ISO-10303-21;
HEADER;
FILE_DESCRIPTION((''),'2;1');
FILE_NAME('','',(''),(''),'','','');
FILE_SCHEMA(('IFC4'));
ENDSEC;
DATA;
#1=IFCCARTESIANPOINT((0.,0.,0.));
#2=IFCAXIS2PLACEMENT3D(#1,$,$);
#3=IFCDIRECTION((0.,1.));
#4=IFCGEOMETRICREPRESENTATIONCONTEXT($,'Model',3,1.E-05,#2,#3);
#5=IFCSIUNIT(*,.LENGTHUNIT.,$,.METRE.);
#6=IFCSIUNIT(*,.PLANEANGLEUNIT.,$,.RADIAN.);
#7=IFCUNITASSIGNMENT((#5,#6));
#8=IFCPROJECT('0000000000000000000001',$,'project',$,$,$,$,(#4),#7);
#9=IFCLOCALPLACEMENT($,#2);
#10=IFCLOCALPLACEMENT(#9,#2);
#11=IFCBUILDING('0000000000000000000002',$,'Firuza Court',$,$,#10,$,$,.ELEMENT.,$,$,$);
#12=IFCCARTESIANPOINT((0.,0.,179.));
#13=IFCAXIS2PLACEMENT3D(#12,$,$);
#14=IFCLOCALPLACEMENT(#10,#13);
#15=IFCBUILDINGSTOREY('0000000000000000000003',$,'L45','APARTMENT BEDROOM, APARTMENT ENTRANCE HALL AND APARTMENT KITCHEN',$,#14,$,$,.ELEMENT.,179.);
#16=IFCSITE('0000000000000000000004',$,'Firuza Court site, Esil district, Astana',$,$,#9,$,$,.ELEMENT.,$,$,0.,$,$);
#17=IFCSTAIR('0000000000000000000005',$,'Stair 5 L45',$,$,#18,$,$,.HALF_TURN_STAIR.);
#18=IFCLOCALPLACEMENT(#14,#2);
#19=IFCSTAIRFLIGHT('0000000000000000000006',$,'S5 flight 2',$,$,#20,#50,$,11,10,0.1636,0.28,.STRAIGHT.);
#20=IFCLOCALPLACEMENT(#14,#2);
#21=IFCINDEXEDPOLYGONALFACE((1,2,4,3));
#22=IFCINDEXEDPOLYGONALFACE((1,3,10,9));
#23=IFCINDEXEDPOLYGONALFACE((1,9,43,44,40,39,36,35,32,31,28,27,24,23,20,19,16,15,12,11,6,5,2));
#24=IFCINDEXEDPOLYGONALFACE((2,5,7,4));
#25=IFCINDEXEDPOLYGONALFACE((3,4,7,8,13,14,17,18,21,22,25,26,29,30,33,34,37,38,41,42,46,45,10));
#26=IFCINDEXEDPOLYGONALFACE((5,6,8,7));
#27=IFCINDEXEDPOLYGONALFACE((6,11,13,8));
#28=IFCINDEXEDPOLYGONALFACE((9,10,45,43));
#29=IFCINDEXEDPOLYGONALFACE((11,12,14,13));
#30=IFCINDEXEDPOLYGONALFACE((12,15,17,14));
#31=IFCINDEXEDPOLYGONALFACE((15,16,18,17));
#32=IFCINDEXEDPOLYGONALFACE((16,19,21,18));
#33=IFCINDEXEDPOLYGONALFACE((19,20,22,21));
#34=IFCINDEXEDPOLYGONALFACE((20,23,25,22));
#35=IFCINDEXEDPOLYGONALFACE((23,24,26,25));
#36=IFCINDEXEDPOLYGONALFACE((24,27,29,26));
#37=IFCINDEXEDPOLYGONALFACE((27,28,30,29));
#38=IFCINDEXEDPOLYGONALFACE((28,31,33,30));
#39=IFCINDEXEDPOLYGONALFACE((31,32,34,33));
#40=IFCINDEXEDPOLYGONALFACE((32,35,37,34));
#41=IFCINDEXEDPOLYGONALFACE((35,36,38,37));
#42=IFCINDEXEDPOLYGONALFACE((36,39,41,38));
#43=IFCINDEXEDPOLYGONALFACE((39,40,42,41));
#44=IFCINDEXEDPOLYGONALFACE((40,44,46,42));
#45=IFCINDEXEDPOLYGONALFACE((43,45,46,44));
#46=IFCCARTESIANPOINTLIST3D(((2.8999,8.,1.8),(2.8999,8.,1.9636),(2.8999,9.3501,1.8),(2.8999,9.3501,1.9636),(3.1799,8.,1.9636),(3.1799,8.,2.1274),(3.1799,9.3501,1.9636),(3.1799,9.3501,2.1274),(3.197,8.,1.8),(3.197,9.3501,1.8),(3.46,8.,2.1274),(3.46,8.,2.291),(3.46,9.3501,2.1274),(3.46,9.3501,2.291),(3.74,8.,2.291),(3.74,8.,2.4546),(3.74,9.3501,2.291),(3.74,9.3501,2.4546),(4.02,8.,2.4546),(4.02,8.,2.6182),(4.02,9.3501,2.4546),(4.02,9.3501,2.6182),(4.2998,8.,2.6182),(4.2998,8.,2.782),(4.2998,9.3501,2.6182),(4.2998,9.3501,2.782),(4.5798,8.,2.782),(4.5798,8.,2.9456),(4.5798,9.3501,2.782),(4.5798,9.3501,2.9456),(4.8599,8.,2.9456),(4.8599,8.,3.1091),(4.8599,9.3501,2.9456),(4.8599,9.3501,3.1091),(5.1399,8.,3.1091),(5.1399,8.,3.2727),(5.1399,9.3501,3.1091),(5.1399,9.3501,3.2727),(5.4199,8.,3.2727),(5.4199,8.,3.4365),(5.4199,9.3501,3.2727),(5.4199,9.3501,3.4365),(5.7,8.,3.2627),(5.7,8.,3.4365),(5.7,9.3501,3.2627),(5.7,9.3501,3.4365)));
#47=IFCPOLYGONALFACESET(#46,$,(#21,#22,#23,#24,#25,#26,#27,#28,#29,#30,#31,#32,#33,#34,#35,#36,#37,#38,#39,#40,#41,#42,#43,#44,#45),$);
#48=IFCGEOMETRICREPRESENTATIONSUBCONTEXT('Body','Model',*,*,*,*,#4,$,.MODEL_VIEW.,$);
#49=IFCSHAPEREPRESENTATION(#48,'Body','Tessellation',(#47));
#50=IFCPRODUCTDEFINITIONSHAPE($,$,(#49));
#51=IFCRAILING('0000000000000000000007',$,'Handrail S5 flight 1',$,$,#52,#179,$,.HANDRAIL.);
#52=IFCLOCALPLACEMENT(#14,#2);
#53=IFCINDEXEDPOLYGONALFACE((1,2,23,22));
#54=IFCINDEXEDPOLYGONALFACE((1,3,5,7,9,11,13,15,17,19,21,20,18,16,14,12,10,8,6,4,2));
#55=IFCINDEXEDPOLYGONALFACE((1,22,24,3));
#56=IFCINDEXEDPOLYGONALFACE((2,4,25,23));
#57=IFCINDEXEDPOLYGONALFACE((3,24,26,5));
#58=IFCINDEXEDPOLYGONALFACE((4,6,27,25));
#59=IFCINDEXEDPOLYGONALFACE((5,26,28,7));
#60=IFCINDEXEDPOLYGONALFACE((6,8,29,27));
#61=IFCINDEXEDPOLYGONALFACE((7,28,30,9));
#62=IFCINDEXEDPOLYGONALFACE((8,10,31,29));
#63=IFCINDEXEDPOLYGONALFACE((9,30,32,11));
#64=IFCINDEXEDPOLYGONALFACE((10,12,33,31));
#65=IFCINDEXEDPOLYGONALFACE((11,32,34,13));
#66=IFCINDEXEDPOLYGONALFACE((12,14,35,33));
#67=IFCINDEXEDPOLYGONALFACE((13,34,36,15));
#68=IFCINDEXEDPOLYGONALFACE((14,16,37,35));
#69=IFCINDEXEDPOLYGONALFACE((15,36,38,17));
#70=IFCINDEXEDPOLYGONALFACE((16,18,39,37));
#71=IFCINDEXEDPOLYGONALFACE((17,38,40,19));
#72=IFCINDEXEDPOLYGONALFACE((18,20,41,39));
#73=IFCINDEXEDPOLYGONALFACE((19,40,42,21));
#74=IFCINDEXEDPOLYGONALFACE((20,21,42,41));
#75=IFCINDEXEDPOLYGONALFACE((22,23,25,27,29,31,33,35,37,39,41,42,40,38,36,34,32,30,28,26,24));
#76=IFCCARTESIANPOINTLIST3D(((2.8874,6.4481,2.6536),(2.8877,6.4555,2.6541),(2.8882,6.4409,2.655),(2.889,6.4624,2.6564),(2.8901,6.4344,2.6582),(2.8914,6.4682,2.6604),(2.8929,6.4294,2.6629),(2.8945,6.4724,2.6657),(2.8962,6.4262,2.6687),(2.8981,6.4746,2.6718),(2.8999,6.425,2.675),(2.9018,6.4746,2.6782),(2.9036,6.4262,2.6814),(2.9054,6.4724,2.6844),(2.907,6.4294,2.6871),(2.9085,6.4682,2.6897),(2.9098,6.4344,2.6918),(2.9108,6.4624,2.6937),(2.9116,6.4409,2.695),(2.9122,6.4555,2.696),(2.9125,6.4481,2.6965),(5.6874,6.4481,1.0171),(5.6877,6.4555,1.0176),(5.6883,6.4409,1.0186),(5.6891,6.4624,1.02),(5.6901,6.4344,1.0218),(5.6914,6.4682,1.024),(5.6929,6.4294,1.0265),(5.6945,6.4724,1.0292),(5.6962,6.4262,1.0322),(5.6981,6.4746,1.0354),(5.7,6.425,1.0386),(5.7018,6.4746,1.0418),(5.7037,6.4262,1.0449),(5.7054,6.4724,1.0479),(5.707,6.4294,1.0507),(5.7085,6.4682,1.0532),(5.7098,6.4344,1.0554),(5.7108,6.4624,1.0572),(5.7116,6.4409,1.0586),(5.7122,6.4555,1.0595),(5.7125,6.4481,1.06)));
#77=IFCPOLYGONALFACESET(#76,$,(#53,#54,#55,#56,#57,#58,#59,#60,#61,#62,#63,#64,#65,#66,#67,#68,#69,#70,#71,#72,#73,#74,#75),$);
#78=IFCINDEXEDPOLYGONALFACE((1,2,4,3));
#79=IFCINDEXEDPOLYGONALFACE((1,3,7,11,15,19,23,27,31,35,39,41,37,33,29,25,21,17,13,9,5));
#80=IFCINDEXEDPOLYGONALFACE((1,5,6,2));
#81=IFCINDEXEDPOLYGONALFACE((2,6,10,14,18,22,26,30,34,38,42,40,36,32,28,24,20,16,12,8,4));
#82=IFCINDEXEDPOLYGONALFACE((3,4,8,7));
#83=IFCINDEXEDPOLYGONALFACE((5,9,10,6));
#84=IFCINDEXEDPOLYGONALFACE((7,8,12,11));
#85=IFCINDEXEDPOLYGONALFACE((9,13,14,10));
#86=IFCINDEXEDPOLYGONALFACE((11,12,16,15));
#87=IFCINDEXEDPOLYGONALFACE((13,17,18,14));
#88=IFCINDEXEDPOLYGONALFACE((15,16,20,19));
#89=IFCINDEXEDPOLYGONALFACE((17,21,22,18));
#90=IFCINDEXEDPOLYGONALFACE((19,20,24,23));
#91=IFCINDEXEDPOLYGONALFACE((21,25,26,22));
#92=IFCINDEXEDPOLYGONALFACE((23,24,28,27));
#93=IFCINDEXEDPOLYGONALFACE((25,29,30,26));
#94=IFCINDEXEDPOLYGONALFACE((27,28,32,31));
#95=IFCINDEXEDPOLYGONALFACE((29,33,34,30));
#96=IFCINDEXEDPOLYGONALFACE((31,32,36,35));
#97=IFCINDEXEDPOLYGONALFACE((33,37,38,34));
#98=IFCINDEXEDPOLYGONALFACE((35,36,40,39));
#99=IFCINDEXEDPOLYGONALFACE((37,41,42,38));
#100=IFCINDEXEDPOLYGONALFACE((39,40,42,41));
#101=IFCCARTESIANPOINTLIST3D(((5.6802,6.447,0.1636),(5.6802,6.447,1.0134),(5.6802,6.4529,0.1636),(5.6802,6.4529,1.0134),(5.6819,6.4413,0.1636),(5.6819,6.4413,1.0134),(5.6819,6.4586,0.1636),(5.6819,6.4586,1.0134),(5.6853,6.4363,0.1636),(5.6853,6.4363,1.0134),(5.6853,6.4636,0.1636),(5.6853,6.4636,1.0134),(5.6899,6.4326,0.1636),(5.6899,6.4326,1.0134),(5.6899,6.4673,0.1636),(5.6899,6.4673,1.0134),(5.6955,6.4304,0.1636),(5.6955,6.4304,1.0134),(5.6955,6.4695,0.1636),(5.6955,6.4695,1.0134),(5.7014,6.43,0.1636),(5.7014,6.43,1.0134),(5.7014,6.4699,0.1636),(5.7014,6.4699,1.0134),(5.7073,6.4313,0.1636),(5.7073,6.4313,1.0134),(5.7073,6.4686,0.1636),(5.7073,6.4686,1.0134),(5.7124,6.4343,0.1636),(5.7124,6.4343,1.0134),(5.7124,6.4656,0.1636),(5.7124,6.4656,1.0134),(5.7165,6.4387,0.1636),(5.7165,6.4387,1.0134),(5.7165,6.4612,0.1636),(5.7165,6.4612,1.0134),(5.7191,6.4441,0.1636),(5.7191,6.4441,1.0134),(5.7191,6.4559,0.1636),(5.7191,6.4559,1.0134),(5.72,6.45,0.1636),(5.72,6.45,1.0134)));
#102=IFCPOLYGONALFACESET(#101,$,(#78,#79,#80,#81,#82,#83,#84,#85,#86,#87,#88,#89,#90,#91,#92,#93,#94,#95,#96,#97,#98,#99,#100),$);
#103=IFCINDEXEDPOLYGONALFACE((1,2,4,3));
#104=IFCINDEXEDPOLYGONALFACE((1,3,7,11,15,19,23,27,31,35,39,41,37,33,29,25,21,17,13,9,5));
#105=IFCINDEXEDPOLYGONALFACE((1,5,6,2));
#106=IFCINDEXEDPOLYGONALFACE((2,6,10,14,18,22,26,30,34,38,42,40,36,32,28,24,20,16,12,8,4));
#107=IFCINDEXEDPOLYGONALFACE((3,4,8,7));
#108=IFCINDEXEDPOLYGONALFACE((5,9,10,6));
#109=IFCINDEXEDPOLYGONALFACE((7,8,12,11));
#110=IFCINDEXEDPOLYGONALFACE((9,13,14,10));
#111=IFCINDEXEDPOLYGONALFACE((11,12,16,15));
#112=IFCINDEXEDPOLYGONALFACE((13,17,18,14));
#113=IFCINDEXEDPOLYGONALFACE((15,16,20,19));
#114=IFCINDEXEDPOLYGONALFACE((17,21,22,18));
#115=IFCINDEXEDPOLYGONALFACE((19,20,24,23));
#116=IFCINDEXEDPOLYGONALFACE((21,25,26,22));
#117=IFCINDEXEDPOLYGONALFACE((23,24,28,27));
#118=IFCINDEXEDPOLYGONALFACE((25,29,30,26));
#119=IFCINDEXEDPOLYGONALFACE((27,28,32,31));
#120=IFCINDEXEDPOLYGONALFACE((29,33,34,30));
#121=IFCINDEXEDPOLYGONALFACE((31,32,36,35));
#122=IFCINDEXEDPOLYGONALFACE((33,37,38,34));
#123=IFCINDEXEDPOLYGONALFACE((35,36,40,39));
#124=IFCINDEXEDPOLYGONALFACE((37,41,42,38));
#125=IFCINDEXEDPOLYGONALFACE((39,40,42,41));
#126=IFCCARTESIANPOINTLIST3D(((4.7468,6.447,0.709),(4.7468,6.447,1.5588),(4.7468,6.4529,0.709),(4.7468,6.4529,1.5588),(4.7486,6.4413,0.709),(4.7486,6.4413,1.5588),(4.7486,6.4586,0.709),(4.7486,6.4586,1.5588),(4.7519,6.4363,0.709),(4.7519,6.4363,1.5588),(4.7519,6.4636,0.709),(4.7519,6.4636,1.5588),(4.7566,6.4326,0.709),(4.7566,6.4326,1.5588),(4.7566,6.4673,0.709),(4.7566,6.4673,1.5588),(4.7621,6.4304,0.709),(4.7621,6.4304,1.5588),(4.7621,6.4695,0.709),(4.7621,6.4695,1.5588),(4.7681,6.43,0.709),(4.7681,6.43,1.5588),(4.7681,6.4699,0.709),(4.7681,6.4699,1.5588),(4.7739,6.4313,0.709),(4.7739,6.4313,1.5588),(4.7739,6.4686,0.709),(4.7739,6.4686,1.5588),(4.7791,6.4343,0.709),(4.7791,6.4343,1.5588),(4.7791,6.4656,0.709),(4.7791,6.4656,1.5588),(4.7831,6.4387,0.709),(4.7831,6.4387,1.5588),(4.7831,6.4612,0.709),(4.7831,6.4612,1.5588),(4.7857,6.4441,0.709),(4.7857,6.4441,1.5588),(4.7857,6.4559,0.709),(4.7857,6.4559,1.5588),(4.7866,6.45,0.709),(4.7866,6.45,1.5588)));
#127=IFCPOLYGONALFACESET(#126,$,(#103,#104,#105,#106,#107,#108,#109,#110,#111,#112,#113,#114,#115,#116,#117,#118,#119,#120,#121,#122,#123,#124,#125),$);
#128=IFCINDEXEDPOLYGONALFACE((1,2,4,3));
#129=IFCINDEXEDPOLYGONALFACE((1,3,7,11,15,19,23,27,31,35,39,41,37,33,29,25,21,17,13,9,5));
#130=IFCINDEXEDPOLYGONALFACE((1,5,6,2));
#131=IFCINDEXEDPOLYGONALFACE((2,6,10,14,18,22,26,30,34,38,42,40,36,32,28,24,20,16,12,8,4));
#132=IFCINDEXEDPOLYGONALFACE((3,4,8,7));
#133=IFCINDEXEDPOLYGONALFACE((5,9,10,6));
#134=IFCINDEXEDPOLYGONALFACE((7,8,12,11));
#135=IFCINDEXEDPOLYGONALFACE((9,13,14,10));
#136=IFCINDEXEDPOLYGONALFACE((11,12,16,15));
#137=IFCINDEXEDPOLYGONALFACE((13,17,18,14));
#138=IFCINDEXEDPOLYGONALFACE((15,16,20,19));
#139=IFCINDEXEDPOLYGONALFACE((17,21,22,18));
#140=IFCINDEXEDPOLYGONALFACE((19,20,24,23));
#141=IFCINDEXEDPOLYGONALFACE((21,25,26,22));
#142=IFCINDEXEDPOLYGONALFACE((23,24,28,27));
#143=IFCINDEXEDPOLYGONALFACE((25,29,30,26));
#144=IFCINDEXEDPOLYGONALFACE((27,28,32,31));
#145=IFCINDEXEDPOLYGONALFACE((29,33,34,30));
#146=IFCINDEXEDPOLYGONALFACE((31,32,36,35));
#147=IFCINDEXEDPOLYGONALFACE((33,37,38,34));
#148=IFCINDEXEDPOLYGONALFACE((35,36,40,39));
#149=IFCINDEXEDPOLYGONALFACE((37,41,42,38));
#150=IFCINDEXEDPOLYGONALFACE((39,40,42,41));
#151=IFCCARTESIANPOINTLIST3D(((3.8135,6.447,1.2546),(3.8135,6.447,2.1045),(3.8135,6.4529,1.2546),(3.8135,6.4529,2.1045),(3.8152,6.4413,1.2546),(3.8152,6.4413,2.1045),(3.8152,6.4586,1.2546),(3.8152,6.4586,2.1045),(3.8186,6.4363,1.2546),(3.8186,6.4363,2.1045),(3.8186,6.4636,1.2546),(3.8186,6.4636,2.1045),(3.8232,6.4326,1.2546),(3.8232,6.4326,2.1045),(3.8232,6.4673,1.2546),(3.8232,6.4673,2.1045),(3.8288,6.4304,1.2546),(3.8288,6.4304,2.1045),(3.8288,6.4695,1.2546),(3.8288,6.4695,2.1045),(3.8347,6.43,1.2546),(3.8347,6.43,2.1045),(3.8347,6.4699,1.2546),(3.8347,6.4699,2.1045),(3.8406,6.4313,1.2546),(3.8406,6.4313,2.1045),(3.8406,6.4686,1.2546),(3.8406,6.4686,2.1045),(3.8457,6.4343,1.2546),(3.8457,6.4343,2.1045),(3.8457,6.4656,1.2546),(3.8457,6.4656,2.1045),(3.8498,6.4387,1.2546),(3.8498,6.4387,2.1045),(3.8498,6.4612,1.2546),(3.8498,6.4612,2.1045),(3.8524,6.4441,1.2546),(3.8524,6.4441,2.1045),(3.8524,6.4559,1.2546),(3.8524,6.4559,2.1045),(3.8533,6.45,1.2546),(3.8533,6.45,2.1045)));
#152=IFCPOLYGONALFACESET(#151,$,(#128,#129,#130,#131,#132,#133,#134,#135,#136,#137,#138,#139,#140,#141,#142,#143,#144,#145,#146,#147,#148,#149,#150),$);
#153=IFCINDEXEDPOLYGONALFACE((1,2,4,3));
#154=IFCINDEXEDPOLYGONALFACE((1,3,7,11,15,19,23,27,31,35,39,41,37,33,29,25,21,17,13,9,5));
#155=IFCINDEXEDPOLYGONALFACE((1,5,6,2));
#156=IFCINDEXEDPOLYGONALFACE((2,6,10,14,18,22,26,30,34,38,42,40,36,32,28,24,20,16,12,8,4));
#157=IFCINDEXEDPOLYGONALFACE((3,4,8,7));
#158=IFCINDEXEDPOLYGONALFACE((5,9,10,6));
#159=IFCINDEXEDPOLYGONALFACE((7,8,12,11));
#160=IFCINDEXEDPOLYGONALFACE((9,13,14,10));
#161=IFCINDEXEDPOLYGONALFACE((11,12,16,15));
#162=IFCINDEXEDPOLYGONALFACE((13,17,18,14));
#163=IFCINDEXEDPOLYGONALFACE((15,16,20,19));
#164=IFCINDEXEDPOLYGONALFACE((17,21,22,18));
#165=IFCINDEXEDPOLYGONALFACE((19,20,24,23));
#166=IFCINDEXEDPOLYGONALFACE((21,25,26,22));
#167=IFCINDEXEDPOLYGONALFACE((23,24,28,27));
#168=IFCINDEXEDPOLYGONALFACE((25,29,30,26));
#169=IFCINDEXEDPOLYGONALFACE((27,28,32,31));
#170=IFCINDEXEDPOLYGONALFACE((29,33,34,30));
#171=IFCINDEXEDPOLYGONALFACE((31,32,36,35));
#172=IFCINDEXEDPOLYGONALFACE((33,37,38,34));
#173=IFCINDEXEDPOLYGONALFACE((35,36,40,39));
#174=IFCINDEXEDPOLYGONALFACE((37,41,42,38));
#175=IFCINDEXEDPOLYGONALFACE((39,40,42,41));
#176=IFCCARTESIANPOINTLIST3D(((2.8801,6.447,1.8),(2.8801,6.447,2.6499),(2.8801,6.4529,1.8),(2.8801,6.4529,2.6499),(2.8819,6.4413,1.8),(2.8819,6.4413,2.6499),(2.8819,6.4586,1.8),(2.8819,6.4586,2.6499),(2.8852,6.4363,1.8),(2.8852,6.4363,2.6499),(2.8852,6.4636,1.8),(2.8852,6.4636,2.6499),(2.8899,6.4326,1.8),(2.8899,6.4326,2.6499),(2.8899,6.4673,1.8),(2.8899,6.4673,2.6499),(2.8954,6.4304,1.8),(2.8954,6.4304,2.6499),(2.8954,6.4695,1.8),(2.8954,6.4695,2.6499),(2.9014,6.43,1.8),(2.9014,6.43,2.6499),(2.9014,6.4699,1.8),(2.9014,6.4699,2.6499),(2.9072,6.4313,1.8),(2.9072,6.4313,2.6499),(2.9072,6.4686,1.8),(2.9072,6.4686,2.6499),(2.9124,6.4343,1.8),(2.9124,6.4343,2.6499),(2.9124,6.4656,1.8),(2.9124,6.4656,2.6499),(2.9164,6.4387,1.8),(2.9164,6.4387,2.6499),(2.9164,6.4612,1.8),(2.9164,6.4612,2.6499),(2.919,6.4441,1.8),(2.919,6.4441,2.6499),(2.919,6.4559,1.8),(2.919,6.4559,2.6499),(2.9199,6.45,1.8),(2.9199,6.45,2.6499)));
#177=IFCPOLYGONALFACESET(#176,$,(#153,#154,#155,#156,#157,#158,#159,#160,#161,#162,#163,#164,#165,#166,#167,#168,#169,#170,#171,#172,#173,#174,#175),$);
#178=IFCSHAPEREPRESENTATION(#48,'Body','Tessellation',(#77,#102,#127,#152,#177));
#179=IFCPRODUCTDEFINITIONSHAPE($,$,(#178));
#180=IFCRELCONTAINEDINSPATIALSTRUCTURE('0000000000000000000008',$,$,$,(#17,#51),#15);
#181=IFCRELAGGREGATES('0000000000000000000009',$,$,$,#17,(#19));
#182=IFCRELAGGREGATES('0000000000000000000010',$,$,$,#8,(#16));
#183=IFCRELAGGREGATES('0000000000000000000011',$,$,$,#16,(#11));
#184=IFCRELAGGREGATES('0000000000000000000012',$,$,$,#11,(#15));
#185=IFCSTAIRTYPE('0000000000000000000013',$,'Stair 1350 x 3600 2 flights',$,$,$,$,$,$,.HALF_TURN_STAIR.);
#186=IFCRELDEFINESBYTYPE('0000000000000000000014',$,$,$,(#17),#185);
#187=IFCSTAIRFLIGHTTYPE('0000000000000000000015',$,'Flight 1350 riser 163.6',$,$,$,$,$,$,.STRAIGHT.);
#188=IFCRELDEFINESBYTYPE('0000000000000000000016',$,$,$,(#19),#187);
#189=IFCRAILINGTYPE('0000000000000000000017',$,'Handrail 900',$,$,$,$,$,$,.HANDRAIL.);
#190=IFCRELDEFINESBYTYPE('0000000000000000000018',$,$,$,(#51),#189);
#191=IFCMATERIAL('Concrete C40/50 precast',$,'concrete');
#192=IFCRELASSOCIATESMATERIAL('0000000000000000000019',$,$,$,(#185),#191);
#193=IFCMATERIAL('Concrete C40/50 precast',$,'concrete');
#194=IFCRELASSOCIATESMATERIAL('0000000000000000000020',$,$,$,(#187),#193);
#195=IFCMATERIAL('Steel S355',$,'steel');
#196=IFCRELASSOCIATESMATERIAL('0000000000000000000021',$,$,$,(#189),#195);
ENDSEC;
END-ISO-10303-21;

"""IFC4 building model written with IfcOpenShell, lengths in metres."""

from ifc_helpers import new_model, si_unit, direction, frame, origin, origin_2d, place, context, subcontext, project, spatial, polyline, circle, outline, extrude, material, type_object, element, aggregate, save


model = new_model("IFC4")

# Units and contexts
model_context = context("Model", 3, precision=1e-05, world=origin(), true_north=direction((0.0, 1.0)))
body_context = subcontext(model_context, "Body", "Model", "MODEL_VIEW")
ifc_project = project(units=[si_unit("LENGTHUNIT", "METRE"), si_unit("PLANEANGLEUNIT", "RADIAN")], contexts=[model_context])

# Site, building, storey
site_placement = place(None, origin())
site = spatial("IfcSite", under=ifc_project, at=site_placement, Name="Firuza Court site, Esil district, Astana", CompositionType="ELEMENT", RefElevation=0.0)
building_placement = place(site_placement, origin())
building = spatial("IfcBuilding", under=site, at=building_placement, Name="Firuza Court", CompositionType="ELEMENT")
storey_placement = place(building_placement, frame((0.0, 0.0, 179.0)))
storey = spatial("IfcBuildingStorey", under=building, at=storey_placement, Name="L45", Description="APARTMENT BEDROOM, APARTMENT ENTRANCE HALL AND APARTMENT KITCHEN", CompositionType="ELEMENT", Elevation=179.0)

# Stair, stair flight
ifc_material_1 = material(Name="Concrete C40/50 precast", Category="concrete")
stair_type = type_object("IfcStairType", Name="Stair 1350 x 3600 2 flights", PredefinedType="HALF_TURN_STAIR", material=ifc_material_1)
stair_placement = place(storey_placement, origin())
stair = element("IfcStair", 1, at=stair_placement, inside=storey, type_object=stair_type, Name="Stair 5 L45", PredefinedType="HALF_TURN_STAIR")
ifc_material_2 = material(Name="Concrete C40/50 precast", Category="concrete")
stair_flight_type = type_object("IfcStairFlightType", Name="Flight 1350 riser 163.6", PredefinedType="STRAIGHT", material=ifc_material_2)
stair_flight_1_placement = place(storey_placement, frame((2.8999, 8.675, 1.8), z_axis=(0.0, 0.0, 1.0), x_axis=(1.0, 0.0, 0.0)))
stair_flight_1 = element("IfcStairFlight", 2, at=stair_flight_1_placement, type_object=stair_flight_type, Name="S5 flight 2", NumberOfRisers=11, NumberOfTreads=10, PredefinedType="STRAIGHT", RiserHeight=0.1636, TreadLength=0.28, context=body_context, shape_type="SweptSolid", body=[
    extrude(outline(polyline([(0.0, 0.0), (0.0, 0.1636), (0.28, 0.1636), (0.28, 0.3274), (0.5601, 0.3274), (0.5601, 0.491), (0.8401, 0.491), (0.8401, 0.6545), (1.1201, 0.6545), (1.1201, 0.8181), (1.3999, 0.8181), (1.3999, 0.9819), (1.6799, 0.9819), (1.6799, 1.1455), (1.96, 1.1455), (1.96, 1.3091), (2.24, 1.3091), (2.24, 1.4727), (2.52, 1.4727), (2.52, 1.6365), (2.8, 1.6365), (2.8, 1.8), (2.8, 1.4626), (0.2971, 0.0), (0.0, 0.0)])), frame((0.0, 0.675, 0.0), z_axis=(0.0, -1.0, 0.0), x_axis=(1.0, 0.0, 0.0)), (0.0, 0.0, 1.0), 1.3501),
])
aggregate(stair, [stair_flight_1])

# Railing
ifc_material_3 = material(Name="Steel S355", Category="steel")
railing_type_1 = type_object("IfcRailingType", Name="Handrail 900", PredefinedType="HANDRAIL", material=ifc_material_3)
railing_1_placement = place(storey_placement, frame((5.7, 6.45, 0.1636)))
element("IfcRailing", 3, at=railing_1_placement, inside=storey, type_object=railing_type_1, Name="Handrail S5 flight 1", PredefinedType="HANDRAIL", context=body_context, shape_type="SweptSolid", body=[
    extrude(circle(Radius=0.0249, at=origin_2d()), frame((0.0, 0.0, 0.875), z_axis=(-0.863361, 0.0, 0.504587), x_axis=(0.0, -1.0, 0.0)), (0.0, 0.0, 1.0), 3.2432),
    extrude(circle(Radius=0.02, at=origin_2d()), origin(), (0.0, 0.0, 1.0), 0.8499),
    extrude(circle(Radius=0.02, at=origin_2d()), frame((-0.9333, 0.0, 0.5454)), (0.0, 0.0, 1.0), 0.8499),
    extrude(circle(Radius=0.02, at=origin_2d()), frame((-1.8667, 0.0, 1.0911)), (0.0, 0.0, 1.0), 0.8499),
    extrude(circle(Radius=0.02, at=origin_2d()), frame((-2.8, 0.0, 1.6365)), (0.0, 0.0, 1.0), 0.8499),
])

save(model, "model.ifc")
